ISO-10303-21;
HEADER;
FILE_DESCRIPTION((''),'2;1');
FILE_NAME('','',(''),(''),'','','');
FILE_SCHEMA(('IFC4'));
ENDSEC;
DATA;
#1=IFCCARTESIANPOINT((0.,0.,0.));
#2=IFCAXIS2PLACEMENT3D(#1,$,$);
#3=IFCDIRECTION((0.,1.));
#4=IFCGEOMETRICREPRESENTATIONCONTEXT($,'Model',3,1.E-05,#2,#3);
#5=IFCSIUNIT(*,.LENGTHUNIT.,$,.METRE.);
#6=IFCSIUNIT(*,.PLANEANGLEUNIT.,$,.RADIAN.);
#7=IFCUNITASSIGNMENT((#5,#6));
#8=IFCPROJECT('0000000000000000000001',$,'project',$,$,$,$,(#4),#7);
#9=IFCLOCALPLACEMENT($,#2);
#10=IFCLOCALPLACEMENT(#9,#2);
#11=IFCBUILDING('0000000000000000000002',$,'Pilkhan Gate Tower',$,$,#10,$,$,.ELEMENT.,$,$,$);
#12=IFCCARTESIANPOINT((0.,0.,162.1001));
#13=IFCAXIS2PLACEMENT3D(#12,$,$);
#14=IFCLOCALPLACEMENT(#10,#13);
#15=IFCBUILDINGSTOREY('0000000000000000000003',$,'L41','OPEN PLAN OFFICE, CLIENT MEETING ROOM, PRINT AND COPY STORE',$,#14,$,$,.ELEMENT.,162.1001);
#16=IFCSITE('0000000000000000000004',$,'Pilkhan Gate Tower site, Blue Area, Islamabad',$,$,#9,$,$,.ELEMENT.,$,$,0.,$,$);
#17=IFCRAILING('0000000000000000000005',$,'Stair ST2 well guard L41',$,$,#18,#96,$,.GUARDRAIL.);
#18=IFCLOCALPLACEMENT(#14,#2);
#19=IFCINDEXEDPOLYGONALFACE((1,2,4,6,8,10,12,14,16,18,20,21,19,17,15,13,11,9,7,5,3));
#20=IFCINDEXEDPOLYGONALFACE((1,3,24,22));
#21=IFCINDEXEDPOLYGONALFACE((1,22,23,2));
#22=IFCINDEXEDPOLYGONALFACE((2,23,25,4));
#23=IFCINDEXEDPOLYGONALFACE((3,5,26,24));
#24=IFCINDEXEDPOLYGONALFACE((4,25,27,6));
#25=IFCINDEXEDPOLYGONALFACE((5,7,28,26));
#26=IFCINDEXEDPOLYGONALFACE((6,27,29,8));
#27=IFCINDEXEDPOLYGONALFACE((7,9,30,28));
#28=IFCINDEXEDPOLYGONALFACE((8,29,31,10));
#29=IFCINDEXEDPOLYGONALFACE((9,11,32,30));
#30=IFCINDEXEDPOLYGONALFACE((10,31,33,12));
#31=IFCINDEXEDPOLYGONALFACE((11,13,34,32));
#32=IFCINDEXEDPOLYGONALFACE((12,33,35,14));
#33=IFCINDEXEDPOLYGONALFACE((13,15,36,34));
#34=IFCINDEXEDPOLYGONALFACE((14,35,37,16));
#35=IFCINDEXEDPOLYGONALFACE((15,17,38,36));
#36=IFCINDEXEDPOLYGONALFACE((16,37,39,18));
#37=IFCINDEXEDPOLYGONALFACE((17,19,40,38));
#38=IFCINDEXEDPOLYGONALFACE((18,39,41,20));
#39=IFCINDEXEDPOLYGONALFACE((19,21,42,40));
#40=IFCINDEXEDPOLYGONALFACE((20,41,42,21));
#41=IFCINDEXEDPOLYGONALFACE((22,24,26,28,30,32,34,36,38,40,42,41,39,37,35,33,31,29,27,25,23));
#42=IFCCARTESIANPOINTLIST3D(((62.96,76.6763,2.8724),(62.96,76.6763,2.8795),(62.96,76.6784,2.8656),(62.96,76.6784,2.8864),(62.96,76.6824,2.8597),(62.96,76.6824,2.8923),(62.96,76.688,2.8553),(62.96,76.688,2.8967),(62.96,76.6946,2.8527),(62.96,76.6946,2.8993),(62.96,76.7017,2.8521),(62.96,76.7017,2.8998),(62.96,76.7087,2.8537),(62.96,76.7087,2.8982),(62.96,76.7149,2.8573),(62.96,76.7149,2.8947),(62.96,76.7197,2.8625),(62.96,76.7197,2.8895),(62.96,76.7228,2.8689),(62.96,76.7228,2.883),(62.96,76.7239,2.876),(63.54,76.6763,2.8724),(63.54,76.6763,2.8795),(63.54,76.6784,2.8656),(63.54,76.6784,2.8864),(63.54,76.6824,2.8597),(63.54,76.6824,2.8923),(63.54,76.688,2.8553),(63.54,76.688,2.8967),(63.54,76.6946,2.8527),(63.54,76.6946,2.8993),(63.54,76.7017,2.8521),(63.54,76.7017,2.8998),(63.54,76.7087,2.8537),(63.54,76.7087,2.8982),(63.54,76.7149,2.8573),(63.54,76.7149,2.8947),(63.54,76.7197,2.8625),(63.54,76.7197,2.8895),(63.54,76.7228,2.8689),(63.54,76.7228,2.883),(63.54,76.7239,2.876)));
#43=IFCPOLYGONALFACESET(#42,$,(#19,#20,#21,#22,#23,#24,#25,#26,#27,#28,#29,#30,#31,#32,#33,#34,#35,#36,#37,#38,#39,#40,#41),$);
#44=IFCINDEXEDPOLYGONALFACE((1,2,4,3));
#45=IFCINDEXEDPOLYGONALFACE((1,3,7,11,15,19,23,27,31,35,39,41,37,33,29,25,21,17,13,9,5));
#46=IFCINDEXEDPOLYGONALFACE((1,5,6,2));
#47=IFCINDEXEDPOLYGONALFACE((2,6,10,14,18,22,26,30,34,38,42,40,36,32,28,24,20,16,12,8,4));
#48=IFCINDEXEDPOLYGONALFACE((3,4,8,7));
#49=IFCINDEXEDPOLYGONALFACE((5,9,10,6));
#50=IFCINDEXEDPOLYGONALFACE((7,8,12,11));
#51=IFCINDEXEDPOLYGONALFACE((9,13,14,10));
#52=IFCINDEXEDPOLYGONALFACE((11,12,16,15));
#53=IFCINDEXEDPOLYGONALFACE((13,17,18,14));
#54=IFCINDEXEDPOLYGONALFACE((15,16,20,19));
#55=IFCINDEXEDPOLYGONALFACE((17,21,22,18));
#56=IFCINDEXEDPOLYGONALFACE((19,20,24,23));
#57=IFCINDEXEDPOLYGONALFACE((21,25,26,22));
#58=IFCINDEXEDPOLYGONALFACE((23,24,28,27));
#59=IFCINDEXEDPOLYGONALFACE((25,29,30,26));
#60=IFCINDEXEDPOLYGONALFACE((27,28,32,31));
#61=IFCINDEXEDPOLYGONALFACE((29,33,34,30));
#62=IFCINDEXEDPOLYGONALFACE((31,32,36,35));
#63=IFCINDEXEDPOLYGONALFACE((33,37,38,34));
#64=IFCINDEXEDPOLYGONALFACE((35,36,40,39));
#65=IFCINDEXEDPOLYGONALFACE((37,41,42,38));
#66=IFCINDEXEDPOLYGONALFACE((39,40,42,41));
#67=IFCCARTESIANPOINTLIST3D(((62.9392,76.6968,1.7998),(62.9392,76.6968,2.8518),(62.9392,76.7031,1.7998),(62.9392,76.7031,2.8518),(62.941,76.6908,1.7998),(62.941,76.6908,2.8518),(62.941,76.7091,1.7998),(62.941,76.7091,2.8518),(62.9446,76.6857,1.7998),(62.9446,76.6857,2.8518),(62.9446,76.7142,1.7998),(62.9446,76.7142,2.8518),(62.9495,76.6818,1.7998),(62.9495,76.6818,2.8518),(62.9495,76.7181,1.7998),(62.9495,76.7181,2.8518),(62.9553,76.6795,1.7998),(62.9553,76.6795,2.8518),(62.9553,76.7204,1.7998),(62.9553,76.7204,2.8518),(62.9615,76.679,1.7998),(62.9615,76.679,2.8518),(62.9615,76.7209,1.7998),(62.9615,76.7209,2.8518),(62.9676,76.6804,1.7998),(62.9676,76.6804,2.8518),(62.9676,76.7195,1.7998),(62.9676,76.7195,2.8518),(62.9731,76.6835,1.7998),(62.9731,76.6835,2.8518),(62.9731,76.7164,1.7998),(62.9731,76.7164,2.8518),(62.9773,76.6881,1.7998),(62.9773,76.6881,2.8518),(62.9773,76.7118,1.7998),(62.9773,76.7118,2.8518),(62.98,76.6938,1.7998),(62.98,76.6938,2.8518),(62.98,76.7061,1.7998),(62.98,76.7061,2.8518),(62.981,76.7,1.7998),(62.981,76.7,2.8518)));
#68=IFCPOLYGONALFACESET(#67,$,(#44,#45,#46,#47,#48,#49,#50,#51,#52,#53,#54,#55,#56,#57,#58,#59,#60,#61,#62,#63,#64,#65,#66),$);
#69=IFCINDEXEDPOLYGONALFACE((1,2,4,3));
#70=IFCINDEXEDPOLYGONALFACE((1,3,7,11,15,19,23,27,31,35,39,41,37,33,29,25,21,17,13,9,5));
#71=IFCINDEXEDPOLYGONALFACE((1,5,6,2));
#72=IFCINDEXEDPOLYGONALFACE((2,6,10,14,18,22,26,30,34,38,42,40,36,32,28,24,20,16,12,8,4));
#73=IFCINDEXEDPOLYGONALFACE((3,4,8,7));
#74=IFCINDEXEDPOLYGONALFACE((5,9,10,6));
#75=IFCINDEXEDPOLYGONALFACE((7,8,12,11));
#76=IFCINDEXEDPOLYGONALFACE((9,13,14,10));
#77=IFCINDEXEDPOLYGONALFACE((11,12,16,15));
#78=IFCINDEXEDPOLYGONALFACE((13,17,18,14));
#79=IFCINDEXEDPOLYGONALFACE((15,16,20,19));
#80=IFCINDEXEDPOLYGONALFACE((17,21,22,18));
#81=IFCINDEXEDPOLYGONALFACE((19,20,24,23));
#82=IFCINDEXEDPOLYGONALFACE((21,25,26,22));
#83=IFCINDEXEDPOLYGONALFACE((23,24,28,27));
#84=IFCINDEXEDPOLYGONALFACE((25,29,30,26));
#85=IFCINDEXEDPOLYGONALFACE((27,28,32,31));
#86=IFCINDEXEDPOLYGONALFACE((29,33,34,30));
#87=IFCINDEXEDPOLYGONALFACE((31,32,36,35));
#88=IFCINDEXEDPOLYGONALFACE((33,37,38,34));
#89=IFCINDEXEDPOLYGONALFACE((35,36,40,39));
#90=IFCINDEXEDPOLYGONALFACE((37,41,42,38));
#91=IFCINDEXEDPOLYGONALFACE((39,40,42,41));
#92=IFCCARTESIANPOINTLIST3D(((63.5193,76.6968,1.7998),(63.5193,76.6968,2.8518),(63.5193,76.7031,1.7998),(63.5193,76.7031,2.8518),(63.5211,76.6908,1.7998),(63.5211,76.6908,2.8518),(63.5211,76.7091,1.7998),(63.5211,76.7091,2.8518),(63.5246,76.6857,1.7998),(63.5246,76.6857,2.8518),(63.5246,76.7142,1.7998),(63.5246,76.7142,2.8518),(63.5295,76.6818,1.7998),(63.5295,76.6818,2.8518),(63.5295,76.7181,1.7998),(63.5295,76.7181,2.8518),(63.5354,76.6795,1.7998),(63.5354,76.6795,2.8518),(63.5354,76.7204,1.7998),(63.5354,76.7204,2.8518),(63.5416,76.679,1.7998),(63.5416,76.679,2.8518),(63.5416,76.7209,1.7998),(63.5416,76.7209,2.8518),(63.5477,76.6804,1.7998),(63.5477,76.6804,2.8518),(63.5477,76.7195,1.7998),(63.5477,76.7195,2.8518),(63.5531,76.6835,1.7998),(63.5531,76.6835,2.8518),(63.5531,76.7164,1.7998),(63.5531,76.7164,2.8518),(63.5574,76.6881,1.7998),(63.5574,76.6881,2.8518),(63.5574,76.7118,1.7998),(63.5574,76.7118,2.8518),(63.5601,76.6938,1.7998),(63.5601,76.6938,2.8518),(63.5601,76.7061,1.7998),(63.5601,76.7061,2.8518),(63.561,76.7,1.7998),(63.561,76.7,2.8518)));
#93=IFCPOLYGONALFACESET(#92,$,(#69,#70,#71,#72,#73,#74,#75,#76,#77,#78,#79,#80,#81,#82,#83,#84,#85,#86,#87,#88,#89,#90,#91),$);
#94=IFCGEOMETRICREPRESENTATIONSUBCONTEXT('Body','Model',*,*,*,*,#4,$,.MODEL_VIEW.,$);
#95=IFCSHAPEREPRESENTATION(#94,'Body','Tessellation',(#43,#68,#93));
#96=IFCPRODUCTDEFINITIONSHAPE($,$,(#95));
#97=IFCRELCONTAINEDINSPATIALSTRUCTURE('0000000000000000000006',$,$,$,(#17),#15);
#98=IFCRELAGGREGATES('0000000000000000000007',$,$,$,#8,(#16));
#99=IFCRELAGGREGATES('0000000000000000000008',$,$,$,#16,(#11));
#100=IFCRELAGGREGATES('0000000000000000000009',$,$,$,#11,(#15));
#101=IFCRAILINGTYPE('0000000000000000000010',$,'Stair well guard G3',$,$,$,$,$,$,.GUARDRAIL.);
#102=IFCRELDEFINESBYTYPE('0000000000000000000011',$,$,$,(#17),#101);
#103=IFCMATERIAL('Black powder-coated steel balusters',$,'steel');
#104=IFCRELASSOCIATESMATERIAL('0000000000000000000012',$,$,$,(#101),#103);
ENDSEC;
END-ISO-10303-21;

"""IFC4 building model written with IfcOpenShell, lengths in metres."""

from ifc_helpers import new_model, si_unit, direction, frame, origin, origin_2d, place, context, subcontext, project, spatial, circle, extrude, material, type_object, element, save


model = new_model("IFC4")

# Units and contexts
model_context = context("Model", 3, precision=1e-05, world=origin(), true_north=direction((0.0, 1.0)))
body_context = subcontext(model_context, "Body", "Model", "MODEL_VIEW")
ifc_project = project(units=[si_unit("LENGTHUNIT", "METRE"), si_unit("PLANEANGLEUNIT", "RADIAN")], contexts=[model_context])

# Site, building, storey
site_placement = place(None, origin())
site = spatial("IfcSite", under=ifc_project, at=site_placement, Name="Pilkhan Gate Tower site, Blue Area, Islamabad", CompositionType="ELEMENT", RefElevation=0.0)
building_placement = place(site_placement, origin())
building = spatial("IfcBuilding", under=site, at=building_placement, Name="Pilkhan Gate Tower", CompositionType="ELEMENT")
storey_placement = place(building_placement, frame((0.0, 0.0, 162.1001)))
storey = spatial("IfcBuildingStorey", under=building, at=storey_placement, Name="L41", Description="OPEN PLAN OFFICE, CLIENT MEETING ROOM, PRINT AND COPY STORE", CompositionType="ELEMENT", Elevation=162.1001)

# Railing
ifc_material_1 = material(Name="Black powder-coated steel balusters", Category="steel")
railing_type_1 = type_object("IfcRailingType", Name="Stair well guard G3", PredefinedType="GUARDRAIL", material=ifc_material_1)
for number, where, name in (
    (1, (62.96, 76.7, 1.7998), "Stair ST2 well guard L41"),
):
    element("IfcRailing", number, at=place(storey_placement, frame(where)), inside=storey, type_object=railing_type_1, Name=name, PredefinedType="GUARDRAIL", context=body_context, shape_type="SweptSolid", body=[
        extrude(circle(Radius=0.0239, at=origin_2d()), frame((0.0, 0.0, 1.0762), z_axis=(1.0, 0.0, 0.0), x_axis=(0.0, 1.0, 0.0)), (0.0, 0.0, 1.0), 0.5801),
        extrude(circle(Radius=0.021, at=origin_2d()), origin(), (0.0, 0.0, 1.0), 1.052),
        extrude(circle(Radius=0.021, at=origin_2d()), frame((0.5801, 0.0, 0.0)), (0.0, 0.0, 1.0), 1.052),
    ])

save(model, "model.ifc")
